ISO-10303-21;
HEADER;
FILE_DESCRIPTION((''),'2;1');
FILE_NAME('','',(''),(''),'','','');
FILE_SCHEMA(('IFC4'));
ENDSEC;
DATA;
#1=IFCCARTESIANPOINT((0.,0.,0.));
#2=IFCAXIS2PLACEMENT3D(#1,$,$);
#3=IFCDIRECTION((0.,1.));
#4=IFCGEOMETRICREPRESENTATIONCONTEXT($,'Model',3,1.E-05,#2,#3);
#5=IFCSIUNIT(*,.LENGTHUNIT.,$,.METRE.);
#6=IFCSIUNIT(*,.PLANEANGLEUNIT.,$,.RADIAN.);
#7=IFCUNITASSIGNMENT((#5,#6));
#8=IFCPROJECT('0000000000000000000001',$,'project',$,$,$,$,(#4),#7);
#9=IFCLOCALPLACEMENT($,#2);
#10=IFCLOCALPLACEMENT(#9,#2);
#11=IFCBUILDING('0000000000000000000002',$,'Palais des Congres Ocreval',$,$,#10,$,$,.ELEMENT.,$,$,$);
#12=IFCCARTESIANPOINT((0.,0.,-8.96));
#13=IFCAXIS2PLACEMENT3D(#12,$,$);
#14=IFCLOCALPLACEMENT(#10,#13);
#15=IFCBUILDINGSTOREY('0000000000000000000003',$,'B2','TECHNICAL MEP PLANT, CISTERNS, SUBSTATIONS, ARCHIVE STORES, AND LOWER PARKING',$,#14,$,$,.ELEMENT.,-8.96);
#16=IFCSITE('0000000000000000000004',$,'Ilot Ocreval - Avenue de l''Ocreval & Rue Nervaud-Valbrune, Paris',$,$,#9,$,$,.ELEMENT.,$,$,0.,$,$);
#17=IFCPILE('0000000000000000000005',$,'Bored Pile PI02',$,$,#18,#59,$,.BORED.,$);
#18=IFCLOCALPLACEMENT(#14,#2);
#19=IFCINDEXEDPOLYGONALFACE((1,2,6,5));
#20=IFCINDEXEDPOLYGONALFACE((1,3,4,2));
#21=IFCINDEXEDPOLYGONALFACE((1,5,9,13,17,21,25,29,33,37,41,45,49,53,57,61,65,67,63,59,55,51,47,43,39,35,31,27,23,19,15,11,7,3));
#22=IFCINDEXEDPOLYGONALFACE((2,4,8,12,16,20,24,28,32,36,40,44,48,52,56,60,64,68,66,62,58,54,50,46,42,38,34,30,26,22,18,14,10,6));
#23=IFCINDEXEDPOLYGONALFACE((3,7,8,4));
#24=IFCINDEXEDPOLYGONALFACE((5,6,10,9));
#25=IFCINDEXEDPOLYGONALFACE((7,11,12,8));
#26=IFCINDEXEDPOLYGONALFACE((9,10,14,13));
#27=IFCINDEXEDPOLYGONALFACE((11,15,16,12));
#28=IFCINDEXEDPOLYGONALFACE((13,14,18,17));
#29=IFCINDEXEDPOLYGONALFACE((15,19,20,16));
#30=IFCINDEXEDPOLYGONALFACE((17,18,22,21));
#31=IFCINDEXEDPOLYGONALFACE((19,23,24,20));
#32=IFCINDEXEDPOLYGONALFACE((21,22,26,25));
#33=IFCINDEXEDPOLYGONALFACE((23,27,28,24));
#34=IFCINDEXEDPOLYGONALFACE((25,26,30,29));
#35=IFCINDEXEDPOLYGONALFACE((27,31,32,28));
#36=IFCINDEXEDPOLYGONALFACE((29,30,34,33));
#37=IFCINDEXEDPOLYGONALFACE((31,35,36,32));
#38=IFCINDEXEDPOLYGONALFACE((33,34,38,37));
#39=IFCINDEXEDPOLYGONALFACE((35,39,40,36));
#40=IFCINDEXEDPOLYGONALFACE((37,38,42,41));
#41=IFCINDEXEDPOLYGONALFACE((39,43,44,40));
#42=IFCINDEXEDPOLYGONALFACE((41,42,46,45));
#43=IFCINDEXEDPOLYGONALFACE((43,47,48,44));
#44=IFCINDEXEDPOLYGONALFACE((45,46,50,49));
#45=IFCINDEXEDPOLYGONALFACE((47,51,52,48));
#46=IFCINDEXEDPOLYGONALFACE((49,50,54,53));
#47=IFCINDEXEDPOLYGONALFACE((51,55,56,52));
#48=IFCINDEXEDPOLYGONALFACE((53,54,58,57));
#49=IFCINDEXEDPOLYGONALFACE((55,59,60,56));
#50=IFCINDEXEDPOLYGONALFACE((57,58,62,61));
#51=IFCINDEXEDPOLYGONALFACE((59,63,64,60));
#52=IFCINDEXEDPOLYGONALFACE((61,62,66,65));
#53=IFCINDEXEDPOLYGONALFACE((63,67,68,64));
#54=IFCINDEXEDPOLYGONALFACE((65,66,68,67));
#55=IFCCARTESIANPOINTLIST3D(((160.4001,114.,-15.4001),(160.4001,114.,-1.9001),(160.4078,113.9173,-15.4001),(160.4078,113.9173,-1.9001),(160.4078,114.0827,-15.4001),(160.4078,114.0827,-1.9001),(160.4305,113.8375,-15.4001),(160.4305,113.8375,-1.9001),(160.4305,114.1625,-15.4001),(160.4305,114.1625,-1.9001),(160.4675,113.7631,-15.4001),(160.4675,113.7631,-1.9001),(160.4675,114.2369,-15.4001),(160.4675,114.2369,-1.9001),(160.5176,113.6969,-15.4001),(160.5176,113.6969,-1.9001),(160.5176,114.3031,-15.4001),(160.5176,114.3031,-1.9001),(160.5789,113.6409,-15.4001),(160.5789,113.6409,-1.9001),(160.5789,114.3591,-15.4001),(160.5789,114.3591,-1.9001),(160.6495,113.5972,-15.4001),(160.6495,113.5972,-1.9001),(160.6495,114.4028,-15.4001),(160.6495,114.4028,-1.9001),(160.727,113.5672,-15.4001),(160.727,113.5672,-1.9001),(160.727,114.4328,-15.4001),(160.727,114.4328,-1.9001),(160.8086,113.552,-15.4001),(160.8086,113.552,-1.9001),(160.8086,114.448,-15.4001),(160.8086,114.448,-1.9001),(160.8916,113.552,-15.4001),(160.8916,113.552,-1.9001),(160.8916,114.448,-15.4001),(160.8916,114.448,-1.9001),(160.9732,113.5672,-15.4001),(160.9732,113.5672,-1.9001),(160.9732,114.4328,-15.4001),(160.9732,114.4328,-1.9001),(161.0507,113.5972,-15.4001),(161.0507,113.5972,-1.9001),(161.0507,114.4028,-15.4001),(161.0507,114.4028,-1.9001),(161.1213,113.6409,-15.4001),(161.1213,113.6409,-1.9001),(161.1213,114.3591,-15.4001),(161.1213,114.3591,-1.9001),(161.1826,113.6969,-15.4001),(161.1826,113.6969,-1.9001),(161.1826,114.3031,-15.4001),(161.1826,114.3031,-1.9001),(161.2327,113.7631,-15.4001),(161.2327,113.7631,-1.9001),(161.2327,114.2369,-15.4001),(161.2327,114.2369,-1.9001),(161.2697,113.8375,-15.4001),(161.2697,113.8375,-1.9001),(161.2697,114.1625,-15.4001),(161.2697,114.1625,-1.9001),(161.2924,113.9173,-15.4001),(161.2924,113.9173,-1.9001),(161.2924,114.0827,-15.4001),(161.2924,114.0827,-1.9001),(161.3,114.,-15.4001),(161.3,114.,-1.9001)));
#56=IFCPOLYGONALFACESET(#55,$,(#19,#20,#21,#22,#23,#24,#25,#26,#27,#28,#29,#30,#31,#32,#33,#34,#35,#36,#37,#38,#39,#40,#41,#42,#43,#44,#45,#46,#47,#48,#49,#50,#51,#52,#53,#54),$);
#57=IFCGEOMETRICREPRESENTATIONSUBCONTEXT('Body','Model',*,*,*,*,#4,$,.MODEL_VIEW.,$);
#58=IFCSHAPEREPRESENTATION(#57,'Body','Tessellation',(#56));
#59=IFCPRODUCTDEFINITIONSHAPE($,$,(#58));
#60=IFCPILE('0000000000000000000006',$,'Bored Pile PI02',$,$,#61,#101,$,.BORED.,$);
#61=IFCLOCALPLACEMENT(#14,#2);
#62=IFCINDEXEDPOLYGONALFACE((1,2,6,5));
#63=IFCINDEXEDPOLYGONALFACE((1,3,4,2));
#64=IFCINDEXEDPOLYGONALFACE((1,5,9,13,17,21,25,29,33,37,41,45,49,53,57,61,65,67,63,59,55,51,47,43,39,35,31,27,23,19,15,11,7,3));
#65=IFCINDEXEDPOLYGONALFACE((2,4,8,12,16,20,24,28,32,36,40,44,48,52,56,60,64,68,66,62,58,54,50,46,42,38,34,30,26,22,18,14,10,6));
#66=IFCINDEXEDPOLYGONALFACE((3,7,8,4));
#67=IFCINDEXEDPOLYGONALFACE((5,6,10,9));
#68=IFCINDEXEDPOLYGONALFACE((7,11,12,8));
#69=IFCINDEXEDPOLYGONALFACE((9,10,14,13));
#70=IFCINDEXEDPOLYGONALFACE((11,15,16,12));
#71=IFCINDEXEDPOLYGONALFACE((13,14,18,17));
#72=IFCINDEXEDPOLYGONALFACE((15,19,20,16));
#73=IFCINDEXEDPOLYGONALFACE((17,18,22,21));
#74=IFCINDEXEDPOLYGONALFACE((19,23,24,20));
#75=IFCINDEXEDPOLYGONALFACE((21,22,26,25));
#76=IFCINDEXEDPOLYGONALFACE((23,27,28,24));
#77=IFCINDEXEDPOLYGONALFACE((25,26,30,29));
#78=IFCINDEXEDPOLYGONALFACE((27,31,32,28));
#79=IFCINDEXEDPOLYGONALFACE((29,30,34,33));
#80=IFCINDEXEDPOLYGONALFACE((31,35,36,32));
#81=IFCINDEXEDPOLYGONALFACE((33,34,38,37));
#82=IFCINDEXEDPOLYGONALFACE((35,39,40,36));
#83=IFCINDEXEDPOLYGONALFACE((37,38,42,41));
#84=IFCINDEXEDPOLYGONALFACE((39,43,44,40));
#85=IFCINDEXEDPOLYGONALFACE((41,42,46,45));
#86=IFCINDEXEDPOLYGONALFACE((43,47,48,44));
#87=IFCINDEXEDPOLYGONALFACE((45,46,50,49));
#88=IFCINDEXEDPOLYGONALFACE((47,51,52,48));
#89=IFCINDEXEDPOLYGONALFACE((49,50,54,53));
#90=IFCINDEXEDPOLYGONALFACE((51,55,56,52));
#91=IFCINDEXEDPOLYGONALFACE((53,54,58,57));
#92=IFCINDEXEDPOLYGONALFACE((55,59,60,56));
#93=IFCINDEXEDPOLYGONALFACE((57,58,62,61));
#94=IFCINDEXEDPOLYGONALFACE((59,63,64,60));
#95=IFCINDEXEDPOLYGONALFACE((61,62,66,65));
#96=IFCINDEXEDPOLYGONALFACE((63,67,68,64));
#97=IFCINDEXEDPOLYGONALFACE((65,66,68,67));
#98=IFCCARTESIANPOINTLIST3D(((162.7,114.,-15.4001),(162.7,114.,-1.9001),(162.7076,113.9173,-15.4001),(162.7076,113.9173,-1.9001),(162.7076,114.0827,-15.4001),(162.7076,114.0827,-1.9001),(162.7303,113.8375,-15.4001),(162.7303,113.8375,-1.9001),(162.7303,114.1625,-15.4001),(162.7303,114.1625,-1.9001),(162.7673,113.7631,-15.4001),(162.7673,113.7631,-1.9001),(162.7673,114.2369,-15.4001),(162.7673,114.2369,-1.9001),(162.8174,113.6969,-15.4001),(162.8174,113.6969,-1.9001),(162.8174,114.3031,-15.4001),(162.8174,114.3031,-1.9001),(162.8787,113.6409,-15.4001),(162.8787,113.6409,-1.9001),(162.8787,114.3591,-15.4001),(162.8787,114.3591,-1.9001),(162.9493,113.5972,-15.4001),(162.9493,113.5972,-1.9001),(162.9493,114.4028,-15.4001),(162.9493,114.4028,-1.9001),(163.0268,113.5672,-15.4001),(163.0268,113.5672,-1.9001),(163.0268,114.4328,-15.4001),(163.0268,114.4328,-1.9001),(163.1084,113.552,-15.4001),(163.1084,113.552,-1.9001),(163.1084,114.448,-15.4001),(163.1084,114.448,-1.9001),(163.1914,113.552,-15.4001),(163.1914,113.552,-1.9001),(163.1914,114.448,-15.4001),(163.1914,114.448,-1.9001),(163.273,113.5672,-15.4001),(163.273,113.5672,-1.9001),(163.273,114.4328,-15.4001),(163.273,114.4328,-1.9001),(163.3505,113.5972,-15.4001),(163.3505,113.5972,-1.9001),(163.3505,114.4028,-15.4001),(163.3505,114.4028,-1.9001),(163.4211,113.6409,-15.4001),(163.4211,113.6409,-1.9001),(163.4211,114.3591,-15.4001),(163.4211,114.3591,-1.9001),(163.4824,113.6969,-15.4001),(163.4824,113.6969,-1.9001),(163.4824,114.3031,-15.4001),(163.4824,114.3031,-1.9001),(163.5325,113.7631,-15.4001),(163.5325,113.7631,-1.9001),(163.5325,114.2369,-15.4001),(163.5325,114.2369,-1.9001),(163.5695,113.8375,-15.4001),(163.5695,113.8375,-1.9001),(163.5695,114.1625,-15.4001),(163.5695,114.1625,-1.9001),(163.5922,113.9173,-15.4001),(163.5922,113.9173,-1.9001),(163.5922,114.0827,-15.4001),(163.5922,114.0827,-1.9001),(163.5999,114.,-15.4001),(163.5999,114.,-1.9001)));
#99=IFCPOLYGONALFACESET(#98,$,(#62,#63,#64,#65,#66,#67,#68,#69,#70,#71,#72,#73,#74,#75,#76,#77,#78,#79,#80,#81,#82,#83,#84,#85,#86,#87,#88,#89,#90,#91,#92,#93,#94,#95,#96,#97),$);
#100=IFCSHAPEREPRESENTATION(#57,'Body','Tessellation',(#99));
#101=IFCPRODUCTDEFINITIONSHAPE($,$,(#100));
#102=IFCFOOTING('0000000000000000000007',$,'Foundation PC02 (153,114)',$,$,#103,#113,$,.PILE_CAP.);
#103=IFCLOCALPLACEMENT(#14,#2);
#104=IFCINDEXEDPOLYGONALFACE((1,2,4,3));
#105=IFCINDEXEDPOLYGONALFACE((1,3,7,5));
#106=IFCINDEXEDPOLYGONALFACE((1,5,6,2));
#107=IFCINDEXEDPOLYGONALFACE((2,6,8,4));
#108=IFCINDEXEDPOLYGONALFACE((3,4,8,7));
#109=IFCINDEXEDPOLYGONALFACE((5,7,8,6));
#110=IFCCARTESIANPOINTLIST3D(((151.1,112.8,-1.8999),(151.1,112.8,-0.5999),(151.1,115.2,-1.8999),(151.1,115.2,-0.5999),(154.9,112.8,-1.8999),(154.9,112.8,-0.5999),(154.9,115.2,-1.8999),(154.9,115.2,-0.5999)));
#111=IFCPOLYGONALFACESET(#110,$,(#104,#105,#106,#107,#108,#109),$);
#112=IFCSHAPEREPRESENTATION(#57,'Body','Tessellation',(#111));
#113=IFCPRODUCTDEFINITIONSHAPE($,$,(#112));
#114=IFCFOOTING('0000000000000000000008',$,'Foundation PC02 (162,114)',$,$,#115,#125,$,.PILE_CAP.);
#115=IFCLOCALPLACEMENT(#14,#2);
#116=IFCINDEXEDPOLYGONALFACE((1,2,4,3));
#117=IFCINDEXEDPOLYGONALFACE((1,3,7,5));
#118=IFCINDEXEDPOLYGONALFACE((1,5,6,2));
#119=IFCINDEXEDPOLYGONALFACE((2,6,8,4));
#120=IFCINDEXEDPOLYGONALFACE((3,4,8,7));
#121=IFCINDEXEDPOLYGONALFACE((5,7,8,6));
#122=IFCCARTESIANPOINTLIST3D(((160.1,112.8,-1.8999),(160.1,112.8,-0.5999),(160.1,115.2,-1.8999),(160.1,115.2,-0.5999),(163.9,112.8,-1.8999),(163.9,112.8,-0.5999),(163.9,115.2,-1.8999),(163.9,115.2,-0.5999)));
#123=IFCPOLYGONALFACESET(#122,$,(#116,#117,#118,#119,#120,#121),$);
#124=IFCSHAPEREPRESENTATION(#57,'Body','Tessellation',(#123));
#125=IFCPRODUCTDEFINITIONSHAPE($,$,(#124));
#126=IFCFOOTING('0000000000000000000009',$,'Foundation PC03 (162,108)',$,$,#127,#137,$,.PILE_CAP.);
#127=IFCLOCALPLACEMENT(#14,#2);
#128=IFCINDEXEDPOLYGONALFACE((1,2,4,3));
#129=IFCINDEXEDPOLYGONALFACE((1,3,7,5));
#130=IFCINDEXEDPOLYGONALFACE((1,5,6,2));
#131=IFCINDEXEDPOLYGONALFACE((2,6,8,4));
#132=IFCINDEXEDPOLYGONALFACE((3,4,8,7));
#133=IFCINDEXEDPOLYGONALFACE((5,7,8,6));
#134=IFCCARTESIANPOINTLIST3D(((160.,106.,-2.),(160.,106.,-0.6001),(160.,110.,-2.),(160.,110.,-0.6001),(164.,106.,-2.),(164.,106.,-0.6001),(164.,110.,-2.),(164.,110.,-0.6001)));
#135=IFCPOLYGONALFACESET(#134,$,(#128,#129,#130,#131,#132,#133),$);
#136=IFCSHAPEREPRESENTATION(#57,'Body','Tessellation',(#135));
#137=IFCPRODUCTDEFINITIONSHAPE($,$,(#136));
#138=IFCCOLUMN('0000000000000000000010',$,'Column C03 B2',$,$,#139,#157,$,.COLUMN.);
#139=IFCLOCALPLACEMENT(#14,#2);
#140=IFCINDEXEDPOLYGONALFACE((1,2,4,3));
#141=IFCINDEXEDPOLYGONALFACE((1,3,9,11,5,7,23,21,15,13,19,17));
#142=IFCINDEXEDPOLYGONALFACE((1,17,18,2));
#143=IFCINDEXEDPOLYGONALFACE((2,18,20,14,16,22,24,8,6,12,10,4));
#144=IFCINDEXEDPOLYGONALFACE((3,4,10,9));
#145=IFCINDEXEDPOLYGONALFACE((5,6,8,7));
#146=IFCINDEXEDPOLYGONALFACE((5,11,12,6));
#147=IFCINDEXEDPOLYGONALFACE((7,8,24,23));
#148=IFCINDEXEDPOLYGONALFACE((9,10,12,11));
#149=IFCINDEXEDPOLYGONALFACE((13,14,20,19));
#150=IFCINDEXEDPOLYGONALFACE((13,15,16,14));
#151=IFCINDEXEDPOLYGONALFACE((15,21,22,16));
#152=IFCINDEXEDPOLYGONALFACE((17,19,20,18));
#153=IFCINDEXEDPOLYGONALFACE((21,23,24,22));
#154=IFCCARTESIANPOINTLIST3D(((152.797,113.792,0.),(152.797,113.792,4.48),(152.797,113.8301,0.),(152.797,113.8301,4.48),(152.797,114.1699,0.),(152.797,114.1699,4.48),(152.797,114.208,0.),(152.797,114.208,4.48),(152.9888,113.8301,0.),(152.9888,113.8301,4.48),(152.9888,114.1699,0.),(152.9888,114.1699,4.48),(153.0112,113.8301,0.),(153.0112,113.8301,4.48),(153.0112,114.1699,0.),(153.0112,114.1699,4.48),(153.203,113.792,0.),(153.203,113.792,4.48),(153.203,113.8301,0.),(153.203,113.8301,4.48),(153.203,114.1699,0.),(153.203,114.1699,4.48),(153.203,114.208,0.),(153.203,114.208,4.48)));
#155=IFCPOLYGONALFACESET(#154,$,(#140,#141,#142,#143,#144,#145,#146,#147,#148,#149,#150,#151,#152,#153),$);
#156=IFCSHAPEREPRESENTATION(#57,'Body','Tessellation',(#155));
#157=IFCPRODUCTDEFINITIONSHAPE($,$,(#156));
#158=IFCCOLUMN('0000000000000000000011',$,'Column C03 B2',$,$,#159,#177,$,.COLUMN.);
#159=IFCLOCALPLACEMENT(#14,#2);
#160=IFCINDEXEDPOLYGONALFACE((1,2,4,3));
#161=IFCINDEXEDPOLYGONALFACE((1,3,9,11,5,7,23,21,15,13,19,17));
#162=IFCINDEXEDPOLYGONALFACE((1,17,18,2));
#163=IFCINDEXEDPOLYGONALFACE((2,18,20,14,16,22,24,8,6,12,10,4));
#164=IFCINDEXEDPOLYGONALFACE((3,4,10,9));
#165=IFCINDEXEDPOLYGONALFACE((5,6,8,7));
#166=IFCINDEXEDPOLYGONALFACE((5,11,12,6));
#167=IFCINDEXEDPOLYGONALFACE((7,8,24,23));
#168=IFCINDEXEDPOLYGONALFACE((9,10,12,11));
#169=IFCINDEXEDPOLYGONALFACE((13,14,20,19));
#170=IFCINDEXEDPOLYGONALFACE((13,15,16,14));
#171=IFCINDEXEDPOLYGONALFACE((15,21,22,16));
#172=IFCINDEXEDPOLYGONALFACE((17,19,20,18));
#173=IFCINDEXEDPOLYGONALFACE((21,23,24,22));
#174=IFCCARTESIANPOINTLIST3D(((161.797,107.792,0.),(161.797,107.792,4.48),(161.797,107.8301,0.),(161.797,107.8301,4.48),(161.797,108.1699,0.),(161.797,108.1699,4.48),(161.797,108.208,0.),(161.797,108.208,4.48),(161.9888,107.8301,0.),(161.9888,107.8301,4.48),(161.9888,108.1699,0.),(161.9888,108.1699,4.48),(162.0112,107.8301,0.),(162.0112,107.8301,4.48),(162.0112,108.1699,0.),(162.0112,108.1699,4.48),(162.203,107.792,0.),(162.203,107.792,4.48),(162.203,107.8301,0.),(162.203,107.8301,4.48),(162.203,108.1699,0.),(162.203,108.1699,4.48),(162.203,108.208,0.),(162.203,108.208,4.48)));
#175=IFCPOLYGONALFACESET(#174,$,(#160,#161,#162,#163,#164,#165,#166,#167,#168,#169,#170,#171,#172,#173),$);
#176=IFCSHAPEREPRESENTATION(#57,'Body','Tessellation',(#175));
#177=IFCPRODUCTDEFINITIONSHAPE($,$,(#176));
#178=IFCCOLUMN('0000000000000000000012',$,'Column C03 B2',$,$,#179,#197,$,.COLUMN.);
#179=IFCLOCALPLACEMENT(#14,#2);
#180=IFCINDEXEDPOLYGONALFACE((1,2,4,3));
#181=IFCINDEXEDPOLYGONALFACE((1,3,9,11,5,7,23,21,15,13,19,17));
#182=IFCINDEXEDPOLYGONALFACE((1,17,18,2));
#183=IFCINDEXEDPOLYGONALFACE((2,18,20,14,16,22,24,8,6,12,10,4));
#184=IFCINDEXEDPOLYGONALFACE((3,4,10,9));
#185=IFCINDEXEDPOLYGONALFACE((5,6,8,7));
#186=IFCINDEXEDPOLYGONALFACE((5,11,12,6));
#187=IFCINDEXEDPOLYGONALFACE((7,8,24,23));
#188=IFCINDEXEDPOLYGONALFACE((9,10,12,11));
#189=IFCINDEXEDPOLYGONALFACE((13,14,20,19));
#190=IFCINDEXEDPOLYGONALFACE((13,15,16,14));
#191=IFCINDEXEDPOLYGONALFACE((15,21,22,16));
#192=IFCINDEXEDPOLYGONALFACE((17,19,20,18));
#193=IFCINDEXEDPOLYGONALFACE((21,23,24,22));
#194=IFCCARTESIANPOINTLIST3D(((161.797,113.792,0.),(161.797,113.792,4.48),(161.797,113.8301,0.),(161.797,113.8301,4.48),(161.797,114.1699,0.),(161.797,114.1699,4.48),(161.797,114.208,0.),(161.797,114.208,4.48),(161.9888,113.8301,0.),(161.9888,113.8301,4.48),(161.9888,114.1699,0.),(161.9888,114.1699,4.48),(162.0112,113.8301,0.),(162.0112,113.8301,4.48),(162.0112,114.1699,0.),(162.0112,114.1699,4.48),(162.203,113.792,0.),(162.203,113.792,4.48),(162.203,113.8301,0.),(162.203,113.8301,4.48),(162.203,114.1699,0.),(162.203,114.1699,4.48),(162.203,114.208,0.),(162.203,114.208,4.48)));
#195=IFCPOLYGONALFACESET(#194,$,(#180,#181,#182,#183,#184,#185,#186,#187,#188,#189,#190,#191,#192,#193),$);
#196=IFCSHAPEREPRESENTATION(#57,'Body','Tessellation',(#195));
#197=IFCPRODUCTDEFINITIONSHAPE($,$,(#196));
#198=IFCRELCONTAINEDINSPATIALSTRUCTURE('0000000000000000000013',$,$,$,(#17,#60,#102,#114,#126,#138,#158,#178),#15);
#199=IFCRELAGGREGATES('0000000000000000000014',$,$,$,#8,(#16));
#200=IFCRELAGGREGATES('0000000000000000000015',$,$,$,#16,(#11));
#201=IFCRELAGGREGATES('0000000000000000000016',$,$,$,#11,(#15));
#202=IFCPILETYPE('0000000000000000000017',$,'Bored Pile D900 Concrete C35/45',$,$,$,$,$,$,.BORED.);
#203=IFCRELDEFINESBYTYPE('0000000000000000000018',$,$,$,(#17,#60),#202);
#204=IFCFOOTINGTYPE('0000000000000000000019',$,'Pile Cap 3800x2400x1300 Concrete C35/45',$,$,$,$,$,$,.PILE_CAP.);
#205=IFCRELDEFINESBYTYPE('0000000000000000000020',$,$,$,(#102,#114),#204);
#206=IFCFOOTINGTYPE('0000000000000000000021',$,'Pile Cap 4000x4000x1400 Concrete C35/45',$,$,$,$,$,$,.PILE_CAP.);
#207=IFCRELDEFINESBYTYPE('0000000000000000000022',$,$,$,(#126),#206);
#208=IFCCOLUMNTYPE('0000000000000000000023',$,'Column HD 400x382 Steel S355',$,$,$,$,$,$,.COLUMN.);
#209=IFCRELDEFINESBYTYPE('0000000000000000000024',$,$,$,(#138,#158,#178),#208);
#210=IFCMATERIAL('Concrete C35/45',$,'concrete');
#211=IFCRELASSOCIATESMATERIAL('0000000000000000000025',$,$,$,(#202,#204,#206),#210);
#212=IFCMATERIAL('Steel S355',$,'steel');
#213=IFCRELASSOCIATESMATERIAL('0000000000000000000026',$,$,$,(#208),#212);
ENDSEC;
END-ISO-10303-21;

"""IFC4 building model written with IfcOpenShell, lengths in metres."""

from ifc_helpers import new_model, si_unit, direction, frame, origin, origin_2d, place, context, subcontext, project, spatial, rectangle, circle, i_section, extrude, material, material_profile, profile_set, type_object, element, save


model = new_model("IFC4")

# Units and contexts
model_context = context("Model", 3, precision=1e-05, world=origin(), true_north=direction((0.0, 1.0)))
body_context = subcontext(model_context, "Body", "Model", "MODEL_VIEW")
ifc_project = project(units=[si_unit("LENGTHUNIT", "METRE"), si_unit("PLANEANGLEUNIT", "RADIAN")], contexts=[model_context])

# Site, building, storey
site_placement = place(None, origin())
site = spatial("IfcSite", under=ifc_project, at=site_placement, Name="Ilot Ocreval - Avenue de l'Ocreval & Rue Nervaud-Valbrune, Paris", CompositionType="ELEMENT", RefElevation=0.0)
building_placement = place(site_placement, origin())
building = spatial("IfcBuilding", under=site, at=building_placement, Name="Palais des Congres Ocreval", CompositionType="ELEMENT")
storey_placement = place(building_placement, frame((0.0, 0.0, -8.96)))
storey = spatial("IfcBuildingStorey", under=building, at=storey_placement, Name="B2", Description="TECHNICAL MEP PLANT, CISTERNS, SUBSTATIONS, ARCHIVE STORES, AND LOWER PARKING", CompositionType="ELEMENT", Elevation=-8.96)

# Piles
ifc_material_1 = material(Name="Concrete C35/45", Category="concrete")
ifc_material_profile_1 = material_profile(ifc_material_1, circle(Radius=0.45, at=origin_2d()), Name="BORED PILE 900")
ifc_profile_set_1 = profile_set([ifc_material_profile_1], Name="Concrete C35/45")
pile_type_1 = type_object("IfcPileType", Name="Bored Pile D900 Concrete C35/45", PredefinedType="BORED", material=ifc_profile_set_1)
for number, where, z_axis, x_axis, name in (
    (1, (160.8501, 114.0, -1.9001), (0.0, 0.0, -1.0), (1.0, 0.0, 0.0), "Bored Pile PI02"),
    (2, (163.1499, 114.0, -1.9001), (0.0, 0.0, -1.0), (1.0, 0.0, 0.0), "Bored Pile PI02"),
):
    element("IfcPile", number, at=place(storey_placement, frame(where, z_axis=z_axis, x_axis=x_axis)), inside=storey, type_object=pile_type_1, Name=name, PredefinedType="BORED", context=body_context, shape_type="SweptSolid", body=[
        extrude(circle(Radius=0.45, at=origin_2d()), origin(), (0.0, 0.0, 1.0), 13.5),
    ])

# Footings
footing_type_1 = type_object("IfcFootingType", Name="Pile Cap 3800x2400x1300 Concrete C35/45", PredefinedType="PILE_CAP", material=ifc_material_1)
for number, where, z_axis, x_axis, name in (
    (3, (153.0, 114.0, -1.8999), (0.0, 0.0, 1.0), (1.0, 0.0, 0.0), "Foundation PC02 (153,114)"),
    (4, (162.0, 114.0, -1.8999), (0.0, 0.0, 1.0), (1.0, 0.0, 0.0), "Foundation PC02 (162,114)"),
):
    element("IfcFooting", number, at=place(storey_placement, frame(where, z_axis=z_axis, x_axis=x_axis)), inside=storey, type_object=footing_type_1, Name=name, PredefinedType="PILE_CAP", context=body_context, shape_type="SweptSolid", body=[
        extrude(rectangle(XDim=3.8, YDim=2.3999, at=origin_2d()), origin(), (0.0, 0.0, 1.0), 1.3),
    ])
footing_type_2 = type_object("IfcFootingType", Name="Pile Cap 4000x4000x1400 Concrete C35/45", PredefinedType="PILE_CAP", material=ifc_material_1)
footing_placement = place(storey_placement, frame((162.0, 108.0, -2.0), z_axis=(0.0, 0.0, 1.0), x_axis=(1.0, 0.0, 0.0)))
element("IfcFooting", 5, at=footing_placement, inside=storey, type_object=footing_type_2, Name="Foundation PC03 (162,108)", PredefinedType="PILE_CAP", context=body_context, shape_type="SweptSolid", body=[
    extrude(rectangle(XDim=4.0, YDim=4.0, at=origin_2d()), origin(), (0.0, 0.0, 1.0), 1.3999),
])

# Columns
ifc_material_2 = material(Name="Steel S355", Category="steel")
ifc_material_profile_2 = material_profile(ifc_material_2, i_section(OverallWidth=0.406, OverallDepth=0.416, WebThickness=0.0225, FlangeThickness=0.0381, at=origin_2d()), Name="HD 400x382")
ifc_profile_set_2 = profile_set([ifc_material_profile_2], Name="Steel S355")
column_type = type_object("IfcColumnType", Name="Column HD 400x382 Steel S355", PredefinedType="COLUMN", material=ifc_profile_set_2)
for number, where, z_axis, x_axis, name in (
    (6, (153.0, 114.0, 0.0), (0.0, 0.0, 1.0), (1.0, 0.0, 0.0), "Column C03 B2"),
    (7, (162.0, 108.0, 0.0), (0.0, 0.0, 1.0), (1.0, 0.0, 0.0), "Column C03 B2"),
    (8, (162.0, 114.0, 0.0), (0.0, 0.0, 1.0), (1.0, 0.0, 0.0), "Column C03 B2"),
):
    element("IfcColumn", number, at=place(storey_placement, frame(where, z_axis=z_axis, x_axis=x_axis)), inside=storey, type_object=column_type, Name=name, PredefinedType="COLUMN", context=body_context, shape_type="SweptSolid", body=[
        extrude(i_section(OverallWidth=0.406, OverallDepth=0.416, WebThickness=0.0225, FlangeThickness=0.0381, at=origin_2d()), origin(), (0.0, 0.0, 1.0), 4.48),
    ])

save(model, "model.ifc")
